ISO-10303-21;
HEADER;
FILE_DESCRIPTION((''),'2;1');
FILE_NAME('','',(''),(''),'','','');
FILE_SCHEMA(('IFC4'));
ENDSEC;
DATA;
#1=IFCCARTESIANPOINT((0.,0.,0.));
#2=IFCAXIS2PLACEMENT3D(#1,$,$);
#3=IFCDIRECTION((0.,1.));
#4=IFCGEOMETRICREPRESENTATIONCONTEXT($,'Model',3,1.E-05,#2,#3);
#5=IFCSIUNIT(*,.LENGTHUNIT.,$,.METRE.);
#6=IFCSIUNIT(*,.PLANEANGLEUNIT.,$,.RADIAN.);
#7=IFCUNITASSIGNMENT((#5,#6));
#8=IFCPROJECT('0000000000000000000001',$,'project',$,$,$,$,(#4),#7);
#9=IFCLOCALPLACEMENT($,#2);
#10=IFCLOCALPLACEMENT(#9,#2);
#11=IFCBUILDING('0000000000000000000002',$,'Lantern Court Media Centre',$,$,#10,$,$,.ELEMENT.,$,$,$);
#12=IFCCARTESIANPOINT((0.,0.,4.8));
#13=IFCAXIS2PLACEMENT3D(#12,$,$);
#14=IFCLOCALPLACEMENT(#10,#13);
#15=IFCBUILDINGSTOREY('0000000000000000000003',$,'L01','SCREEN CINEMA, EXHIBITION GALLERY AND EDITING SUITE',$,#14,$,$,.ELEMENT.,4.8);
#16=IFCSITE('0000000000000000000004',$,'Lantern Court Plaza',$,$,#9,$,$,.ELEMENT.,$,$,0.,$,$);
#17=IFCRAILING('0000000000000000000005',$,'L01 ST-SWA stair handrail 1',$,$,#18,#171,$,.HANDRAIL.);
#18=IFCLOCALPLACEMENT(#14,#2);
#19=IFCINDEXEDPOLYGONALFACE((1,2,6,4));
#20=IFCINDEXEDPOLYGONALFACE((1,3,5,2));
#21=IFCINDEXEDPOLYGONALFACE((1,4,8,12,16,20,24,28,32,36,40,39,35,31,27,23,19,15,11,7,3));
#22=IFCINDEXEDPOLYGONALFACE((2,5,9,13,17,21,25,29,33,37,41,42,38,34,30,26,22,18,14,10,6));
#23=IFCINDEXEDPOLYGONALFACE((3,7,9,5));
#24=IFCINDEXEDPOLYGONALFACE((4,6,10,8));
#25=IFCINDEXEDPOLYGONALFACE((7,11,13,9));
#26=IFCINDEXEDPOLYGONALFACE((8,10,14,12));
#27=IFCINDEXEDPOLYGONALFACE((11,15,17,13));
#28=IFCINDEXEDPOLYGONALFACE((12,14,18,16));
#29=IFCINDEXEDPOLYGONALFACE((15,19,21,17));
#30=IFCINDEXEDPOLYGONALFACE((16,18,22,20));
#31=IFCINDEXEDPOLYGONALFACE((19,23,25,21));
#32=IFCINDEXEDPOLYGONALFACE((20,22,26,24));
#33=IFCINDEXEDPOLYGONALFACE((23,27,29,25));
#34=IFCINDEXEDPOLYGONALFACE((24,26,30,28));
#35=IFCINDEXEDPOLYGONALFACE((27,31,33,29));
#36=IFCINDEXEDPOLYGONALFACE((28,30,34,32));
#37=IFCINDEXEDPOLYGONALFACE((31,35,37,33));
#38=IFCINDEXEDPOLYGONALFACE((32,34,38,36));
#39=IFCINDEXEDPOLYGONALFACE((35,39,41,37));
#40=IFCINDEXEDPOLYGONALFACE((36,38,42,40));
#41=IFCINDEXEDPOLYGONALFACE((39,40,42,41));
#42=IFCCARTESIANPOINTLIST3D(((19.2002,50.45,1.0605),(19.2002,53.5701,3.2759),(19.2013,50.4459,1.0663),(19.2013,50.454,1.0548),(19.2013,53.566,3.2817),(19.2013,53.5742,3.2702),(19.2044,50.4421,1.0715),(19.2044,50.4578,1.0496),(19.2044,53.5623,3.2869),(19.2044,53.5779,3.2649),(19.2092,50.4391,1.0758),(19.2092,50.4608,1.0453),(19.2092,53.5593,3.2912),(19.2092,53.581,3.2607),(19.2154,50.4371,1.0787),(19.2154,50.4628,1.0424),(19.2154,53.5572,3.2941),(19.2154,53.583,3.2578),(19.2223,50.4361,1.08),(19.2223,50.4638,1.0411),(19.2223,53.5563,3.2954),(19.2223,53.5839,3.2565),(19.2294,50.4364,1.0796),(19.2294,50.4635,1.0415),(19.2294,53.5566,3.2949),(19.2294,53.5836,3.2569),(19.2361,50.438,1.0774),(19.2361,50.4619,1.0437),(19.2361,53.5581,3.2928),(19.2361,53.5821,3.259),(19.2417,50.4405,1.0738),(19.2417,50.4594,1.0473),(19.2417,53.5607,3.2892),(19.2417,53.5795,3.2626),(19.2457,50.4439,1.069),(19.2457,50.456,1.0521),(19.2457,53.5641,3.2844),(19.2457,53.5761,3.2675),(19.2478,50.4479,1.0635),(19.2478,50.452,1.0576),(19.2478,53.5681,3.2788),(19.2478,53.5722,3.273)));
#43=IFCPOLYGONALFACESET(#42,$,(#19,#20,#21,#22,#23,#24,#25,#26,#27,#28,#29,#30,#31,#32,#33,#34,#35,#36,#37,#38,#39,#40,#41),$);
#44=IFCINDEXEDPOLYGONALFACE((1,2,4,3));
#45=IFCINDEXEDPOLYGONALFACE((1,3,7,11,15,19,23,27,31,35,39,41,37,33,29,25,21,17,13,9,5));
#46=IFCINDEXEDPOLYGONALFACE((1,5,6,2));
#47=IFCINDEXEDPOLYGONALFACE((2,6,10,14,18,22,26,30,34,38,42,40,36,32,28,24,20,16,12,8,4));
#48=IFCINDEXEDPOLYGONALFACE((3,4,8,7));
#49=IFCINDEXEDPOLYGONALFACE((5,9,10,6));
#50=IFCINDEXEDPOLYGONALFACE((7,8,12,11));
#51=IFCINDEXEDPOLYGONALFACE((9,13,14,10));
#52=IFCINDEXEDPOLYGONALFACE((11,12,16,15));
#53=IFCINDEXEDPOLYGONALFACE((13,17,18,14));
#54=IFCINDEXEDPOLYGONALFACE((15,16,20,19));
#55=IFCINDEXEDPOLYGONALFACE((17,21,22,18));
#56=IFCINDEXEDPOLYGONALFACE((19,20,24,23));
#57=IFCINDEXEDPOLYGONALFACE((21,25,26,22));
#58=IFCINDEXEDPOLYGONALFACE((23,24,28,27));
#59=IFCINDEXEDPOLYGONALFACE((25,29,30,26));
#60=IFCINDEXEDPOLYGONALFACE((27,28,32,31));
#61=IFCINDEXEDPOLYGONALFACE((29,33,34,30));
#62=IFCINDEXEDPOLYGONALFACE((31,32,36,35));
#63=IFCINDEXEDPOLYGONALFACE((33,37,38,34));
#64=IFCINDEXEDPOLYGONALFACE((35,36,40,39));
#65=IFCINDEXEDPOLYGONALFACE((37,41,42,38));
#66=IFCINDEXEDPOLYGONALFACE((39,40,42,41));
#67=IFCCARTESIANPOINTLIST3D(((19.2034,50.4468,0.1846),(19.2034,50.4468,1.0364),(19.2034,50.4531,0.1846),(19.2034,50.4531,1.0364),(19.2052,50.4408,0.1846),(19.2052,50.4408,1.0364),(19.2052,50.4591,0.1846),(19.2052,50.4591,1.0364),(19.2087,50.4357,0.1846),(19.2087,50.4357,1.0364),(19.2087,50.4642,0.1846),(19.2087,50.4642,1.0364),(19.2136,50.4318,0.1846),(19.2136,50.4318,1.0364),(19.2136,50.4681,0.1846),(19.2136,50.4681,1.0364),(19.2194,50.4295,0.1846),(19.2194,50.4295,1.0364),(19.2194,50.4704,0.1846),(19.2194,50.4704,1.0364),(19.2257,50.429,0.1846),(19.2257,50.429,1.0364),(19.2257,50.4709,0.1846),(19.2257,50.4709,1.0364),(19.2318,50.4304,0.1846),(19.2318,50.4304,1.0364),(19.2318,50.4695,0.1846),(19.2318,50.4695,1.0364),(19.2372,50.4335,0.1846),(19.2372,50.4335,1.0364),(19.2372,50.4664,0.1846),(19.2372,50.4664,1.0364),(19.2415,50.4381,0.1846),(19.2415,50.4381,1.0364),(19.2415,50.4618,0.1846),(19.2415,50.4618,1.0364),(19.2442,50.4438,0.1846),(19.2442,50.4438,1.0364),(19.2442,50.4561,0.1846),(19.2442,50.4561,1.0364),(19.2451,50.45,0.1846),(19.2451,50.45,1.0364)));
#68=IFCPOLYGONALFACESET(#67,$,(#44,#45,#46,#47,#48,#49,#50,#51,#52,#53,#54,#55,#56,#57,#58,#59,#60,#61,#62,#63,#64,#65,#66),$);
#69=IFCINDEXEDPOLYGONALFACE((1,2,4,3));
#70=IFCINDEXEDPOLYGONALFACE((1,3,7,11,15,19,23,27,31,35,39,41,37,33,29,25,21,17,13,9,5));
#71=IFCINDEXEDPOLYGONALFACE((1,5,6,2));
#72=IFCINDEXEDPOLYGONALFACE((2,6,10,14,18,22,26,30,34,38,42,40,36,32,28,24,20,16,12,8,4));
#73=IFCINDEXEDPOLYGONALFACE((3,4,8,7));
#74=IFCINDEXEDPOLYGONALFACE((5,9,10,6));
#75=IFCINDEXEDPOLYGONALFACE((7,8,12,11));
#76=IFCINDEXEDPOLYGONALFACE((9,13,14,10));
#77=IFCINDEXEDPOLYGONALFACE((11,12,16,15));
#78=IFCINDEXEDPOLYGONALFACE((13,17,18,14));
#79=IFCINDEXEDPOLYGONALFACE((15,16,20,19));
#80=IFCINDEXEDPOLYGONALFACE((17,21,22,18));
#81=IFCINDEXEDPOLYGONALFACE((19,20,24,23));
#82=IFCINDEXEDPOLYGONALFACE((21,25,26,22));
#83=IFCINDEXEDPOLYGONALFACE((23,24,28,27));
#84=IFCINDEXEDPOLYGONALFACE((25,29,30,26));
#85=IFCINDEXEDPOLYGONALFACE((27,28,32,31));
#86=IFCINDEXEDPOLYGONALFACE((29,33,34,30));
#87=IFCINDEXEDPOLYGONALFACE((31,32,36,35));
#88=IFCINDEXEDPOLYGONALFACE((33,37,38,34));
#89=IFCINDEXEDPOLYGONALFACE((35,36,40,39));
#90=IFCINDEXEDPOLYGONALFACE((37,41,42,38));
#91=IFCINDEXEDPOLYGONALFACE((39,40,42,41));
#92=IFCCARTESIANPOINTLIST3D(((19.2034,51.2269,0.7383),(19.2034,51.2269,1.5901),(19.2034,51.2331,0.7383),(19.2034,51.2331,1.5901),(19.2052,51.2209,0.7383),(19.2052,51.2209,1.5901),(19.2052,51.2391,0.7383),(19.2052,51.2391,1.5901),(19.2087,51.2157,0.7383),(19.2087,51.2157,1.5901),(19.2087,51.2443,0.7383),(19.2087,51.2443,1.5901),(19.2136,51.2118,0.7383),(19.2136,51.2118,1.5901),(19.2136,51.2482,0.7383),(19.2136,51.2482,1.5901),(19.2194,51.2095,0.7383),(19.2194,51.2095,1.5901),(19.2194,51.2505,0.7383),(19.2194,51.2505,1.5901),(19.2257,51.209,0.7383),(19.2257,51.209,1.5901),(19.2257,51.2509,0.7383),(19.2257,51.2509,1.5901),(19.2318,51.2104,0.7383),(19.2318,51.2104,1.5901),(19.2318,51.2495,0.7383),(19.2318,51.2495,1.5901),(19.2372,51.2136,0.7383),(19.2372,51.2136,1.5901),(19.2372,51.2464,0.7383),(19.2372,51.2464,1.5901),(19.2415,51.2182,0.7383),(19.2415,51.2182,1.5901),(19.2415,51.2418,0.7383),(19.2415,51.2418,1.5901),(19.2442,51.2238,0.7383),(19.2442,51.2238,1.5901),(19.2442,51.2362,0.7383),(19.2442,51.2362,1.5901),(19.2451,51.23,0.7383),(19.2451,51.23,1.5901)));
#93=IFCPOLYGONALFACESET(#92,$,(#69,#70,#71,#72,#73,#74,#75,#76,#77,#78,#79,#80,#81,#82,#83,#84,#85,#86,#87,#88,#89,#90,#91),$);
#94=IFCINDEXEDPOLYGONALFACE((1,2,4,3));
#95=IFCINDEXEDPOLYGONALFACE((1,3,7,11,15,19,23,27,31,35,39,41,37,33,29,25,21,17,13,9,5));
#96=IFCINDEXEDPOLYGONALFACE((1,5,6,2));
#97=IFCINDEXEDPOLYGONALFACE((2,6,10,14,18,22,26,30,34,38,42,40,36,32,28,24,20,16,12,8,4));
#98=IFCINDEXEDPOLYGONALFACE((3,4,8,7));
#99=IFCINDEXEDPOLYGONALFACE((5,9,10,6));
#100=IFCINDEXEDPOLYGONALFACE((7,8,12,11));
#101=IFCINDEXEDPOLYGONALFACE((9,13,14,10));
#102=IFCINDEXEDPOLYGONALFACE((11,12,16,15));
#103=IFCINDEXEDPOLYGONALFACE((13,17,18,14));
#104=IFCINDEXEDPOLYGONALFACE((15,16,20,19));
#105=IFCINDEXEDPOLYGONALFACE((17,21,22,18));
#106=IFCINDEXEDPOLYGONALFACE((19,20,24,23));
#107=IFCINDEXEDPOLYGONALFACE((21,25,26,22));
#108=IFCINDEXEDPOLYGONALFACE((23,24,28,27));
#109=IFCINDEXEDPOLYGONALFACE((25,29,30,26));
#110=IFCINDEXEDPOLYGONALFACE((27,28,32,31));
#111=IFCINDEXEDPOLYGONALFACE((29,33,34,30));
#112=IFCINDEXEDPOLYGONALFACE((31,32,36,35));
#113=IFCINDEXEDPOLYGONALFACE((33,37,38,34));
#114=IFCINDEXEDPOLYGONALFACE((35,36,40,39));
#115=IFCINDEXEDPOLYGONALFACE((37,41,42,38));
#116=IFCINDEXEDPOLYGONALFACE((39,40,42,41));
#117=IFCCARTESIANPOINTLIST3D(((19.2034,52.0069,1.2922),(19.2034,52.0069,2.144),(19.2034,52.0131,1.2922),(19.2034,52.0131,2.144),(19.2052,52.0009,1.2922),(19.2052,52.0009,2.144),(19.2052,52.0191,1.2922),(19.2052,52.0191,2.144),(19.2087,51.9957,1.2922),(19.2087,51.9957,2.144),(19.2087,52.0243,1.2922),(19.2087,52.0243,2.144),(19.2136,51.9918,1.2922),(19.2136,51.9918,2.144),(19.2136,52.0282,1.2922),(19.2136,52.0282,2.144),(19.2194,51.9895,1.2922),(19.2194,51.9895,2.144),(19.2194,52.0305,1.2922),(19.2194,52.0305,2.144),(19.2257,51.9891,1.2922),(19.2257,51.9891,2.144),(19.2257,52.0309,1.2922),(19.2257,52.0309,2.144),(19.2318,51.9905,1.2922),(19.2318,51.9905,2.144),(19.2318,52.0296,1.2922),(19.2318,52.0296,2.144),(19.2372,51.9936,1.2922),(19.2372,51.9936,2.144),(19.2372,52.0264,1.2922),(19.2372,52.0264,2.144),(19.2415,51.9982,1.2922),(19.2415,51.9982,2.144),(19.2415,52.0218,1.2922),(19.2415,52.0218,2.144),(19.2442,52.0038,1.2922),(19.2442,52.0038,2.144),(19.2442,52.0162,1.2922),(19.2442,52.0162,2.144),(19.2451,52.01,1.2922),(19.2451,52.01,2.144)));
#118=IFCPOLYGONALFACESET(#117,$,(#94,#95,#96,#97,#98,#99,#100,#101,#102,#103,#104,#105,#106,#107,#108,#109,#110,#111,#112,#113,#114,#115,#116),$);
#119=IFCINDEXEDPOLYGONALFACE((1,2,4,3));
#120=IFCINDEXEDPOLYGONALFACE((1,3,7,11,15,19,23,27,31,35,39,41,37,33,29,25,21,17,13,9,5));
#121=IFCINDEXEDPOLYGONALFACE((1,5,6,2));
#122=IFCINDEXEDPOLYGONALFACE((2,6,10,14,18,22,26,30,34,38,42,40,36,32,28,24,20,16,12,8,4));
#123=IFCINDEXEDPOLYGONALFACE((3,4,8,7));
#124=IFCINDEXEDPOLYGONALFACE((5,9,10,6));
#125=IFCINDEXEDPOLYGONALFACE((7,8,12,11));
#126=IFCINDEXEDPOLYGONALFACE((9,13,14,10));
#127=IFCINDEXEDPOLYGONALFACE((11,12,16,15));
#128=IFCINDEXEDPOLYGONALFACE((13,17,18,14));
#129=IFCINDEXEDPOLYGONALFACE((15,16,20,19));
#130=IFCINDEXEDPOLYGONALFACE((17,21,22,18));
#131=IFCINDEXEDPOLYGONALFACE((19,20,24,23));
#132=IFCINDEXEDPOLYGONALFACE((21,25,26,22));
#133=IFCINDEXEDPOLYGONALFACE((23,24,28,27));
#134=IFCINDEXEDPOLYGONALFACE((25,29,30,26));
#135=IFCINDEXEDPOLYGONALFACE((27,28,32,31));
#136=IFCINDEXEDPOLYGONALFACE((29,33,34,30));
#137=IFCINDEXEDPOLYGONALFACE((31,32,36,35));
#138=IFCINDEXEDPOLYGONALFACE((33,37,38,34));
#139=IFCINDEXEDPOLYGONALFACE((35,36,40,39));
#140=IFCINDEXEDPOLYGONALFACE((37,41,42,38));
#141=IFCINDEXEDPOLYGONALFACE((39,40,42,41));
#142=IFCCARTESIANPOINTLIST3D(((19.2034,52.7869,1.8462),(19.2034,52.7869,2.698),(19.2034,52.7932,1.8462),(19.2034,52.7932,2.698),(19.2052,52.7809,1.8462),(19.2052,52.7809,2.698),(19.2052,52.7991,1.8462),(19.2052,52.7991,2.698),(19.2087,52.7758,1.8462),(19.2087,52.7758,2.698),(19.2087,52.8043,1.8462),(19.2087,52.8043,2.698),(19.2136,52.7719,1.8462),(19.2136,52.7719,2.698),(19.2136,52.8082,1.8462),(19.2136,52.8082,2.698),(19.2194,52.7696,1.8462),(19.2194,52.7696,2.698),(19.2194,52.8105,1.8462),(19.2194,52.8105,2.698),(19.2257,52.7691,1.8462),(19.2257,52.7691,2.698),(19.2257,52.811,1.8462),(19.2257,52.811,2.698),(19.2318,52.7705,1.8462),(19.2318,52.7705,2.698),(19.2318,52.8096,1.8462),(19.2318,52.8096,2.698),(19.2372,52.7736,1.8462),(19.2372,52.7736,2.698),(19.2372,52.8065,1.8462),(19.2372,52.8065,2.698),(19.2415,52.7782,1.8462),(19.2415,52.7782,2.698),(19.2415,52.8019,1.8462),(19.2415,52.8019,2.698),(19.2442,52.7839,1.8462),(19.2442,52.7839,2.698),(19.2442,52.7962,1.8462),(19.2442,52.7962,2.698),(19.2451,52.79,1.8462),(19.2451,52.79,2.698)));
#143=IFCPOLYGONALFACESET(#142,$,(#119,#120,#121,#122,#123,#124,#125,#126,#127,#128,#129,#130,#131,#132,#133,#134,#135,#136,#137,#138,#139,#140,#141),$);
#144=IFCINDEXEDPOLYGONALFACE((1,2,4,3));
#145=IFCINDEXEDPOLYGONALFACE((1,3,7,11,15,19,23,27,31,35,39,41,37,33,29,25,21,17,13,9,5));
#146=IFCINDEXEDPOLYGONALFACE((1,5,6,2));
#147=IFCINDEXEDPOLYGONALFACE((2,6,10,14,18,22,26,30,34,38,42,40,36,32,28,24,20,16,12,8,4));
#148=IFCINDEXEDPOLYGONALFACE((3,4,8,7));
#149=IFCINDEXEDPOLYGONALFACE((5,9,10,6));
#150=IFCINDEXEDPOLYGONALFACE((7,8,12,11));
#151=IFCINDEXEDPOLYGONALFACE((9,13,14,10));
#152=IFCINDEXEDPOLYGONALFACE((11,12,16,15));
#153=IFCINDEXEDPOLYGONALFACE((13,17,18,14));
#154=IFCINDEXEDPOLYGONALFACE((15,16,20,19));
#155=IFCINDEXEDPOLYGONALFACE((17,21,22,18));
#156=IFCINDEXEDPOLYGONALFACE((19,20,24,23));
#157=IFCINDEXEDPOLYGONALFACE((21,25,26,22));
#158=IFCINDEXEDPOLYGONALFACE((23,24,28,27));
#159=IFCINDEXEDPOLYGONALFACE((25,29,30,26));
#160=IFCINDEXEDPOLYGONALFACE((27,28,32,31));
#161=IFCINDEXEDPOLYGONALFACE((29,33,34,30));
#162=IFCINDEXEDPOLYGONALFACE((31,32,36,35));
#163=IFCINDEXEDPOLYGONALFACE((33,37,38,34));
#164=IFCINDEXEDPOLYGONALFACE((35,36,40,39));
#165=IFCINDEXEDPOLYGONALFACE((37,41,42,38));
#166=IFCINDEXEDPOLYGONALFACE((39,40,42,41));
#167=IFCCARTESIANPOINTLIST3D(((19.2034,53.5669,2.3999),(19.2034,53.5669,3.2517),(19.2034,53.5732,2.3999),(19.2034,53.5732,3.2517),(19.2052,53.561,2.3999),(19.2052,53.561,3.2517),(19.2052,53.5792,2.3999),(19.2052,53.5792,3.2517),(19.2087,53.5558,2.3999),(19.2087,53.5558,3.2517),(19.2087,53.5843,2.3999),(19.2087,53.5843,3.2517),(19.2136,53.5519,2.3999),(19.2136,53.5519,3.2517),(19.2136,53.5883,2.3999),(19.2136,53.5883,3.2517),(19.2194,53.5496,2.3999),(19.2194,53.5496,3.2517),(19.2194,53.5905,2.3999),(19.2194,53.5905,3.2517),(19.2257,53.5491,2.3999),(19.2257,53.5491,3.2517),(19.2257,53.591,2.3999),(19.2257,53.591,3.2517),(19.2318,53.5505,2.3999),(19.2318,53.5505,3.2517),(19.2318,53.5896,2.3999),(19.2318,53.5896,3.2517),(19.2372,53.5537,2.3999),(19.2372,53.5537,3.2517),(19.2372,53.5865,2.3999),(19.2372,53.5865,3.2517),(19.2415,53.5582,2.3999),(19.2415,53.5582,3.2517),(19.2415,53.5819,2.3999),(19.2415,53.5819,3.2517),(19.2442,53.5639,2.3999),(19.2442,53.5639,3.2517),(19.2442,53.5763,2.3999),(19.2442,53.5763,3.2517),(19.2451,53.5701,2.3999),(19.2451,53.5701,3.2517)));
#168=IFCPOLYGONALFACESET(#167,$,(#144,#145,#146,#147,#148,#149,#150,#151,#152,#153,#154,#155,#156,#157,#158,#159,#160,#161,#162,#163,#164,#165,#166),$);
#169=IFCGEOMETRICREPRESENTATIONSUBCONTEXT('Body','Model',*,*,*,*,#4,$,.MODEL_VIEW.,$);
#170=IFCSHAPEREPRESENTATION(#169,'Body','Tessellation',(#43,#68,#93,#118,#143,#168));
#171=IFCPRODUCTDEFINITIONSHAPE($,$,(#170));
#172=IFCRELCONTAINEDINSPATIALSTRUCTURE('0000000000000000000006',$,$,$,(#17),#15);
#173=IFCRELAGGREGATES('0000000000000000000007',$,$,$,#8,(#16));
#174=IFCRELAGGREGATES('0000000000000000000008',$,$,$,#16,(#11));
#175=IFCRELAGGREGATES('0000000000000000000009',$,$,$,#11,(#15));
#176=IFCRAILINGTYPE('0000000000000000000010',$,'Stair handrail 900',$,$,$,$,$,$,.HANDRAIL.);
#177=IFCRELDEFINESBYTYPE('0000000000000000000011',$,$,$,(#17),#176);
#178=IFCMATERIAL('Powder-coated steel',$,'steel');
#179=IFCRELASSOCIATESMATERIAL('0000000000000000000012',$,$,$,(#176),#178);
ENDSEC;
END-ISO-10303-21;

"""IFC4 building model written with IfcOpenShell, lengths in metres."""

from ifc_helpers import new_model, si_unit, direction, frame, origin, origin_2d, place, context, subcontext, project, spatial, circle, extrude, material, type_object, element, save


model = new_model("IFC4")

# Units and contexts
model_context = context("Model", 3, precision=1e-05, world=origin(), true_north=direction((0.0, 1.0)))
body_context = subcontext(model_context, "Body", "Model", "MODEL_VIEW")
ifc_project = project(units=[si_unit("LENGTHUNIT", "METRE"), si_unit("PLANEANGLEUNIT", "RADIAN")], contexts=[model_context])

# Site, building, storey
site_placement = place(None, origin())
site = spatial("IfcSite", under=ifc_project, at=site_placement, Name="Lantern Court Plaza", CompositionType="ELEMENT", RefElevation=0.0)
building_placement = place(site_placement, origin())
building = spatial("IfcBuilding", under=site, at=building_placement, Name="Lantern Court Media Centre", CompositionType="ELEMENT")
storey_placement = place(building_placement, frame((0.0, 0.0, 4.8)))
storey = spatial("IfcBuildingStorey", under=building, at=storey_placement, Name="L01", Description="SCREEN CINEMA, EXHIBITION GALLERY AND EDITING SUITE", CompositionType="ELEMENT", Elevation=4.8)

# Shared definitions
ifc_material_1 = material(Name="Powder-coated steel", Category="steel")

# Railing
railing_type_1 = type_object("IfcRailingType", Name="Stair handrail 900", PredefinedType="HANDRAIL", material=ifc_material_1)
railing_1_placement = place(storey_placement, frame((19.2241, 50.45, 0.1846)))
element("IfcRailing", 1, at=railing_1_placement, inside=storey, type_object=railing_type_1, Name="L01 ST-SWA stair handrail 1", PredefinedType="HANDRAIL", context=body_context, shape_type="SweptSolid", body=[
    extrude(circle(Radius=0.0239, at=origin_2d()), frame((0.0, 0.0, 0.876), z_axis=(0.0, 0.815377, 0.57893), x_axis=(-1.0, 0.0, 0.0)), (0.0, 0.0, 1.0), 3.8267),
    extrude(circle(Radius=0.021, at=origin_2d()), origin(), (0.0, 0.0, 1.0), 0.8518),
    extrude(circle(Radius=0.021, at=origin_2d()), frame((0.0, 0.78, 0.5537)), (0.0, 0.0, 1.0), 0.8518),
    extrude(circle(Radius=0.021, at=origin_2d()), frame((0.0, 1.5601, 1.1077)), (0.0, 0.0, 1.0), 0.8518),
    extrude(circle(Radius=0.021, at=origin_2d()), frame((0.0, 2.3401, 1.6616)), (0.0, 0.0, 1.0), 0.8518),
    extrude(circle(Radius=0.021, at=origin_2d()), frame((0.0, 3.1201, 2.2153)), (0.0, 0.0, 1.0), 0.8518),
])

save(model, "model.ifc")
